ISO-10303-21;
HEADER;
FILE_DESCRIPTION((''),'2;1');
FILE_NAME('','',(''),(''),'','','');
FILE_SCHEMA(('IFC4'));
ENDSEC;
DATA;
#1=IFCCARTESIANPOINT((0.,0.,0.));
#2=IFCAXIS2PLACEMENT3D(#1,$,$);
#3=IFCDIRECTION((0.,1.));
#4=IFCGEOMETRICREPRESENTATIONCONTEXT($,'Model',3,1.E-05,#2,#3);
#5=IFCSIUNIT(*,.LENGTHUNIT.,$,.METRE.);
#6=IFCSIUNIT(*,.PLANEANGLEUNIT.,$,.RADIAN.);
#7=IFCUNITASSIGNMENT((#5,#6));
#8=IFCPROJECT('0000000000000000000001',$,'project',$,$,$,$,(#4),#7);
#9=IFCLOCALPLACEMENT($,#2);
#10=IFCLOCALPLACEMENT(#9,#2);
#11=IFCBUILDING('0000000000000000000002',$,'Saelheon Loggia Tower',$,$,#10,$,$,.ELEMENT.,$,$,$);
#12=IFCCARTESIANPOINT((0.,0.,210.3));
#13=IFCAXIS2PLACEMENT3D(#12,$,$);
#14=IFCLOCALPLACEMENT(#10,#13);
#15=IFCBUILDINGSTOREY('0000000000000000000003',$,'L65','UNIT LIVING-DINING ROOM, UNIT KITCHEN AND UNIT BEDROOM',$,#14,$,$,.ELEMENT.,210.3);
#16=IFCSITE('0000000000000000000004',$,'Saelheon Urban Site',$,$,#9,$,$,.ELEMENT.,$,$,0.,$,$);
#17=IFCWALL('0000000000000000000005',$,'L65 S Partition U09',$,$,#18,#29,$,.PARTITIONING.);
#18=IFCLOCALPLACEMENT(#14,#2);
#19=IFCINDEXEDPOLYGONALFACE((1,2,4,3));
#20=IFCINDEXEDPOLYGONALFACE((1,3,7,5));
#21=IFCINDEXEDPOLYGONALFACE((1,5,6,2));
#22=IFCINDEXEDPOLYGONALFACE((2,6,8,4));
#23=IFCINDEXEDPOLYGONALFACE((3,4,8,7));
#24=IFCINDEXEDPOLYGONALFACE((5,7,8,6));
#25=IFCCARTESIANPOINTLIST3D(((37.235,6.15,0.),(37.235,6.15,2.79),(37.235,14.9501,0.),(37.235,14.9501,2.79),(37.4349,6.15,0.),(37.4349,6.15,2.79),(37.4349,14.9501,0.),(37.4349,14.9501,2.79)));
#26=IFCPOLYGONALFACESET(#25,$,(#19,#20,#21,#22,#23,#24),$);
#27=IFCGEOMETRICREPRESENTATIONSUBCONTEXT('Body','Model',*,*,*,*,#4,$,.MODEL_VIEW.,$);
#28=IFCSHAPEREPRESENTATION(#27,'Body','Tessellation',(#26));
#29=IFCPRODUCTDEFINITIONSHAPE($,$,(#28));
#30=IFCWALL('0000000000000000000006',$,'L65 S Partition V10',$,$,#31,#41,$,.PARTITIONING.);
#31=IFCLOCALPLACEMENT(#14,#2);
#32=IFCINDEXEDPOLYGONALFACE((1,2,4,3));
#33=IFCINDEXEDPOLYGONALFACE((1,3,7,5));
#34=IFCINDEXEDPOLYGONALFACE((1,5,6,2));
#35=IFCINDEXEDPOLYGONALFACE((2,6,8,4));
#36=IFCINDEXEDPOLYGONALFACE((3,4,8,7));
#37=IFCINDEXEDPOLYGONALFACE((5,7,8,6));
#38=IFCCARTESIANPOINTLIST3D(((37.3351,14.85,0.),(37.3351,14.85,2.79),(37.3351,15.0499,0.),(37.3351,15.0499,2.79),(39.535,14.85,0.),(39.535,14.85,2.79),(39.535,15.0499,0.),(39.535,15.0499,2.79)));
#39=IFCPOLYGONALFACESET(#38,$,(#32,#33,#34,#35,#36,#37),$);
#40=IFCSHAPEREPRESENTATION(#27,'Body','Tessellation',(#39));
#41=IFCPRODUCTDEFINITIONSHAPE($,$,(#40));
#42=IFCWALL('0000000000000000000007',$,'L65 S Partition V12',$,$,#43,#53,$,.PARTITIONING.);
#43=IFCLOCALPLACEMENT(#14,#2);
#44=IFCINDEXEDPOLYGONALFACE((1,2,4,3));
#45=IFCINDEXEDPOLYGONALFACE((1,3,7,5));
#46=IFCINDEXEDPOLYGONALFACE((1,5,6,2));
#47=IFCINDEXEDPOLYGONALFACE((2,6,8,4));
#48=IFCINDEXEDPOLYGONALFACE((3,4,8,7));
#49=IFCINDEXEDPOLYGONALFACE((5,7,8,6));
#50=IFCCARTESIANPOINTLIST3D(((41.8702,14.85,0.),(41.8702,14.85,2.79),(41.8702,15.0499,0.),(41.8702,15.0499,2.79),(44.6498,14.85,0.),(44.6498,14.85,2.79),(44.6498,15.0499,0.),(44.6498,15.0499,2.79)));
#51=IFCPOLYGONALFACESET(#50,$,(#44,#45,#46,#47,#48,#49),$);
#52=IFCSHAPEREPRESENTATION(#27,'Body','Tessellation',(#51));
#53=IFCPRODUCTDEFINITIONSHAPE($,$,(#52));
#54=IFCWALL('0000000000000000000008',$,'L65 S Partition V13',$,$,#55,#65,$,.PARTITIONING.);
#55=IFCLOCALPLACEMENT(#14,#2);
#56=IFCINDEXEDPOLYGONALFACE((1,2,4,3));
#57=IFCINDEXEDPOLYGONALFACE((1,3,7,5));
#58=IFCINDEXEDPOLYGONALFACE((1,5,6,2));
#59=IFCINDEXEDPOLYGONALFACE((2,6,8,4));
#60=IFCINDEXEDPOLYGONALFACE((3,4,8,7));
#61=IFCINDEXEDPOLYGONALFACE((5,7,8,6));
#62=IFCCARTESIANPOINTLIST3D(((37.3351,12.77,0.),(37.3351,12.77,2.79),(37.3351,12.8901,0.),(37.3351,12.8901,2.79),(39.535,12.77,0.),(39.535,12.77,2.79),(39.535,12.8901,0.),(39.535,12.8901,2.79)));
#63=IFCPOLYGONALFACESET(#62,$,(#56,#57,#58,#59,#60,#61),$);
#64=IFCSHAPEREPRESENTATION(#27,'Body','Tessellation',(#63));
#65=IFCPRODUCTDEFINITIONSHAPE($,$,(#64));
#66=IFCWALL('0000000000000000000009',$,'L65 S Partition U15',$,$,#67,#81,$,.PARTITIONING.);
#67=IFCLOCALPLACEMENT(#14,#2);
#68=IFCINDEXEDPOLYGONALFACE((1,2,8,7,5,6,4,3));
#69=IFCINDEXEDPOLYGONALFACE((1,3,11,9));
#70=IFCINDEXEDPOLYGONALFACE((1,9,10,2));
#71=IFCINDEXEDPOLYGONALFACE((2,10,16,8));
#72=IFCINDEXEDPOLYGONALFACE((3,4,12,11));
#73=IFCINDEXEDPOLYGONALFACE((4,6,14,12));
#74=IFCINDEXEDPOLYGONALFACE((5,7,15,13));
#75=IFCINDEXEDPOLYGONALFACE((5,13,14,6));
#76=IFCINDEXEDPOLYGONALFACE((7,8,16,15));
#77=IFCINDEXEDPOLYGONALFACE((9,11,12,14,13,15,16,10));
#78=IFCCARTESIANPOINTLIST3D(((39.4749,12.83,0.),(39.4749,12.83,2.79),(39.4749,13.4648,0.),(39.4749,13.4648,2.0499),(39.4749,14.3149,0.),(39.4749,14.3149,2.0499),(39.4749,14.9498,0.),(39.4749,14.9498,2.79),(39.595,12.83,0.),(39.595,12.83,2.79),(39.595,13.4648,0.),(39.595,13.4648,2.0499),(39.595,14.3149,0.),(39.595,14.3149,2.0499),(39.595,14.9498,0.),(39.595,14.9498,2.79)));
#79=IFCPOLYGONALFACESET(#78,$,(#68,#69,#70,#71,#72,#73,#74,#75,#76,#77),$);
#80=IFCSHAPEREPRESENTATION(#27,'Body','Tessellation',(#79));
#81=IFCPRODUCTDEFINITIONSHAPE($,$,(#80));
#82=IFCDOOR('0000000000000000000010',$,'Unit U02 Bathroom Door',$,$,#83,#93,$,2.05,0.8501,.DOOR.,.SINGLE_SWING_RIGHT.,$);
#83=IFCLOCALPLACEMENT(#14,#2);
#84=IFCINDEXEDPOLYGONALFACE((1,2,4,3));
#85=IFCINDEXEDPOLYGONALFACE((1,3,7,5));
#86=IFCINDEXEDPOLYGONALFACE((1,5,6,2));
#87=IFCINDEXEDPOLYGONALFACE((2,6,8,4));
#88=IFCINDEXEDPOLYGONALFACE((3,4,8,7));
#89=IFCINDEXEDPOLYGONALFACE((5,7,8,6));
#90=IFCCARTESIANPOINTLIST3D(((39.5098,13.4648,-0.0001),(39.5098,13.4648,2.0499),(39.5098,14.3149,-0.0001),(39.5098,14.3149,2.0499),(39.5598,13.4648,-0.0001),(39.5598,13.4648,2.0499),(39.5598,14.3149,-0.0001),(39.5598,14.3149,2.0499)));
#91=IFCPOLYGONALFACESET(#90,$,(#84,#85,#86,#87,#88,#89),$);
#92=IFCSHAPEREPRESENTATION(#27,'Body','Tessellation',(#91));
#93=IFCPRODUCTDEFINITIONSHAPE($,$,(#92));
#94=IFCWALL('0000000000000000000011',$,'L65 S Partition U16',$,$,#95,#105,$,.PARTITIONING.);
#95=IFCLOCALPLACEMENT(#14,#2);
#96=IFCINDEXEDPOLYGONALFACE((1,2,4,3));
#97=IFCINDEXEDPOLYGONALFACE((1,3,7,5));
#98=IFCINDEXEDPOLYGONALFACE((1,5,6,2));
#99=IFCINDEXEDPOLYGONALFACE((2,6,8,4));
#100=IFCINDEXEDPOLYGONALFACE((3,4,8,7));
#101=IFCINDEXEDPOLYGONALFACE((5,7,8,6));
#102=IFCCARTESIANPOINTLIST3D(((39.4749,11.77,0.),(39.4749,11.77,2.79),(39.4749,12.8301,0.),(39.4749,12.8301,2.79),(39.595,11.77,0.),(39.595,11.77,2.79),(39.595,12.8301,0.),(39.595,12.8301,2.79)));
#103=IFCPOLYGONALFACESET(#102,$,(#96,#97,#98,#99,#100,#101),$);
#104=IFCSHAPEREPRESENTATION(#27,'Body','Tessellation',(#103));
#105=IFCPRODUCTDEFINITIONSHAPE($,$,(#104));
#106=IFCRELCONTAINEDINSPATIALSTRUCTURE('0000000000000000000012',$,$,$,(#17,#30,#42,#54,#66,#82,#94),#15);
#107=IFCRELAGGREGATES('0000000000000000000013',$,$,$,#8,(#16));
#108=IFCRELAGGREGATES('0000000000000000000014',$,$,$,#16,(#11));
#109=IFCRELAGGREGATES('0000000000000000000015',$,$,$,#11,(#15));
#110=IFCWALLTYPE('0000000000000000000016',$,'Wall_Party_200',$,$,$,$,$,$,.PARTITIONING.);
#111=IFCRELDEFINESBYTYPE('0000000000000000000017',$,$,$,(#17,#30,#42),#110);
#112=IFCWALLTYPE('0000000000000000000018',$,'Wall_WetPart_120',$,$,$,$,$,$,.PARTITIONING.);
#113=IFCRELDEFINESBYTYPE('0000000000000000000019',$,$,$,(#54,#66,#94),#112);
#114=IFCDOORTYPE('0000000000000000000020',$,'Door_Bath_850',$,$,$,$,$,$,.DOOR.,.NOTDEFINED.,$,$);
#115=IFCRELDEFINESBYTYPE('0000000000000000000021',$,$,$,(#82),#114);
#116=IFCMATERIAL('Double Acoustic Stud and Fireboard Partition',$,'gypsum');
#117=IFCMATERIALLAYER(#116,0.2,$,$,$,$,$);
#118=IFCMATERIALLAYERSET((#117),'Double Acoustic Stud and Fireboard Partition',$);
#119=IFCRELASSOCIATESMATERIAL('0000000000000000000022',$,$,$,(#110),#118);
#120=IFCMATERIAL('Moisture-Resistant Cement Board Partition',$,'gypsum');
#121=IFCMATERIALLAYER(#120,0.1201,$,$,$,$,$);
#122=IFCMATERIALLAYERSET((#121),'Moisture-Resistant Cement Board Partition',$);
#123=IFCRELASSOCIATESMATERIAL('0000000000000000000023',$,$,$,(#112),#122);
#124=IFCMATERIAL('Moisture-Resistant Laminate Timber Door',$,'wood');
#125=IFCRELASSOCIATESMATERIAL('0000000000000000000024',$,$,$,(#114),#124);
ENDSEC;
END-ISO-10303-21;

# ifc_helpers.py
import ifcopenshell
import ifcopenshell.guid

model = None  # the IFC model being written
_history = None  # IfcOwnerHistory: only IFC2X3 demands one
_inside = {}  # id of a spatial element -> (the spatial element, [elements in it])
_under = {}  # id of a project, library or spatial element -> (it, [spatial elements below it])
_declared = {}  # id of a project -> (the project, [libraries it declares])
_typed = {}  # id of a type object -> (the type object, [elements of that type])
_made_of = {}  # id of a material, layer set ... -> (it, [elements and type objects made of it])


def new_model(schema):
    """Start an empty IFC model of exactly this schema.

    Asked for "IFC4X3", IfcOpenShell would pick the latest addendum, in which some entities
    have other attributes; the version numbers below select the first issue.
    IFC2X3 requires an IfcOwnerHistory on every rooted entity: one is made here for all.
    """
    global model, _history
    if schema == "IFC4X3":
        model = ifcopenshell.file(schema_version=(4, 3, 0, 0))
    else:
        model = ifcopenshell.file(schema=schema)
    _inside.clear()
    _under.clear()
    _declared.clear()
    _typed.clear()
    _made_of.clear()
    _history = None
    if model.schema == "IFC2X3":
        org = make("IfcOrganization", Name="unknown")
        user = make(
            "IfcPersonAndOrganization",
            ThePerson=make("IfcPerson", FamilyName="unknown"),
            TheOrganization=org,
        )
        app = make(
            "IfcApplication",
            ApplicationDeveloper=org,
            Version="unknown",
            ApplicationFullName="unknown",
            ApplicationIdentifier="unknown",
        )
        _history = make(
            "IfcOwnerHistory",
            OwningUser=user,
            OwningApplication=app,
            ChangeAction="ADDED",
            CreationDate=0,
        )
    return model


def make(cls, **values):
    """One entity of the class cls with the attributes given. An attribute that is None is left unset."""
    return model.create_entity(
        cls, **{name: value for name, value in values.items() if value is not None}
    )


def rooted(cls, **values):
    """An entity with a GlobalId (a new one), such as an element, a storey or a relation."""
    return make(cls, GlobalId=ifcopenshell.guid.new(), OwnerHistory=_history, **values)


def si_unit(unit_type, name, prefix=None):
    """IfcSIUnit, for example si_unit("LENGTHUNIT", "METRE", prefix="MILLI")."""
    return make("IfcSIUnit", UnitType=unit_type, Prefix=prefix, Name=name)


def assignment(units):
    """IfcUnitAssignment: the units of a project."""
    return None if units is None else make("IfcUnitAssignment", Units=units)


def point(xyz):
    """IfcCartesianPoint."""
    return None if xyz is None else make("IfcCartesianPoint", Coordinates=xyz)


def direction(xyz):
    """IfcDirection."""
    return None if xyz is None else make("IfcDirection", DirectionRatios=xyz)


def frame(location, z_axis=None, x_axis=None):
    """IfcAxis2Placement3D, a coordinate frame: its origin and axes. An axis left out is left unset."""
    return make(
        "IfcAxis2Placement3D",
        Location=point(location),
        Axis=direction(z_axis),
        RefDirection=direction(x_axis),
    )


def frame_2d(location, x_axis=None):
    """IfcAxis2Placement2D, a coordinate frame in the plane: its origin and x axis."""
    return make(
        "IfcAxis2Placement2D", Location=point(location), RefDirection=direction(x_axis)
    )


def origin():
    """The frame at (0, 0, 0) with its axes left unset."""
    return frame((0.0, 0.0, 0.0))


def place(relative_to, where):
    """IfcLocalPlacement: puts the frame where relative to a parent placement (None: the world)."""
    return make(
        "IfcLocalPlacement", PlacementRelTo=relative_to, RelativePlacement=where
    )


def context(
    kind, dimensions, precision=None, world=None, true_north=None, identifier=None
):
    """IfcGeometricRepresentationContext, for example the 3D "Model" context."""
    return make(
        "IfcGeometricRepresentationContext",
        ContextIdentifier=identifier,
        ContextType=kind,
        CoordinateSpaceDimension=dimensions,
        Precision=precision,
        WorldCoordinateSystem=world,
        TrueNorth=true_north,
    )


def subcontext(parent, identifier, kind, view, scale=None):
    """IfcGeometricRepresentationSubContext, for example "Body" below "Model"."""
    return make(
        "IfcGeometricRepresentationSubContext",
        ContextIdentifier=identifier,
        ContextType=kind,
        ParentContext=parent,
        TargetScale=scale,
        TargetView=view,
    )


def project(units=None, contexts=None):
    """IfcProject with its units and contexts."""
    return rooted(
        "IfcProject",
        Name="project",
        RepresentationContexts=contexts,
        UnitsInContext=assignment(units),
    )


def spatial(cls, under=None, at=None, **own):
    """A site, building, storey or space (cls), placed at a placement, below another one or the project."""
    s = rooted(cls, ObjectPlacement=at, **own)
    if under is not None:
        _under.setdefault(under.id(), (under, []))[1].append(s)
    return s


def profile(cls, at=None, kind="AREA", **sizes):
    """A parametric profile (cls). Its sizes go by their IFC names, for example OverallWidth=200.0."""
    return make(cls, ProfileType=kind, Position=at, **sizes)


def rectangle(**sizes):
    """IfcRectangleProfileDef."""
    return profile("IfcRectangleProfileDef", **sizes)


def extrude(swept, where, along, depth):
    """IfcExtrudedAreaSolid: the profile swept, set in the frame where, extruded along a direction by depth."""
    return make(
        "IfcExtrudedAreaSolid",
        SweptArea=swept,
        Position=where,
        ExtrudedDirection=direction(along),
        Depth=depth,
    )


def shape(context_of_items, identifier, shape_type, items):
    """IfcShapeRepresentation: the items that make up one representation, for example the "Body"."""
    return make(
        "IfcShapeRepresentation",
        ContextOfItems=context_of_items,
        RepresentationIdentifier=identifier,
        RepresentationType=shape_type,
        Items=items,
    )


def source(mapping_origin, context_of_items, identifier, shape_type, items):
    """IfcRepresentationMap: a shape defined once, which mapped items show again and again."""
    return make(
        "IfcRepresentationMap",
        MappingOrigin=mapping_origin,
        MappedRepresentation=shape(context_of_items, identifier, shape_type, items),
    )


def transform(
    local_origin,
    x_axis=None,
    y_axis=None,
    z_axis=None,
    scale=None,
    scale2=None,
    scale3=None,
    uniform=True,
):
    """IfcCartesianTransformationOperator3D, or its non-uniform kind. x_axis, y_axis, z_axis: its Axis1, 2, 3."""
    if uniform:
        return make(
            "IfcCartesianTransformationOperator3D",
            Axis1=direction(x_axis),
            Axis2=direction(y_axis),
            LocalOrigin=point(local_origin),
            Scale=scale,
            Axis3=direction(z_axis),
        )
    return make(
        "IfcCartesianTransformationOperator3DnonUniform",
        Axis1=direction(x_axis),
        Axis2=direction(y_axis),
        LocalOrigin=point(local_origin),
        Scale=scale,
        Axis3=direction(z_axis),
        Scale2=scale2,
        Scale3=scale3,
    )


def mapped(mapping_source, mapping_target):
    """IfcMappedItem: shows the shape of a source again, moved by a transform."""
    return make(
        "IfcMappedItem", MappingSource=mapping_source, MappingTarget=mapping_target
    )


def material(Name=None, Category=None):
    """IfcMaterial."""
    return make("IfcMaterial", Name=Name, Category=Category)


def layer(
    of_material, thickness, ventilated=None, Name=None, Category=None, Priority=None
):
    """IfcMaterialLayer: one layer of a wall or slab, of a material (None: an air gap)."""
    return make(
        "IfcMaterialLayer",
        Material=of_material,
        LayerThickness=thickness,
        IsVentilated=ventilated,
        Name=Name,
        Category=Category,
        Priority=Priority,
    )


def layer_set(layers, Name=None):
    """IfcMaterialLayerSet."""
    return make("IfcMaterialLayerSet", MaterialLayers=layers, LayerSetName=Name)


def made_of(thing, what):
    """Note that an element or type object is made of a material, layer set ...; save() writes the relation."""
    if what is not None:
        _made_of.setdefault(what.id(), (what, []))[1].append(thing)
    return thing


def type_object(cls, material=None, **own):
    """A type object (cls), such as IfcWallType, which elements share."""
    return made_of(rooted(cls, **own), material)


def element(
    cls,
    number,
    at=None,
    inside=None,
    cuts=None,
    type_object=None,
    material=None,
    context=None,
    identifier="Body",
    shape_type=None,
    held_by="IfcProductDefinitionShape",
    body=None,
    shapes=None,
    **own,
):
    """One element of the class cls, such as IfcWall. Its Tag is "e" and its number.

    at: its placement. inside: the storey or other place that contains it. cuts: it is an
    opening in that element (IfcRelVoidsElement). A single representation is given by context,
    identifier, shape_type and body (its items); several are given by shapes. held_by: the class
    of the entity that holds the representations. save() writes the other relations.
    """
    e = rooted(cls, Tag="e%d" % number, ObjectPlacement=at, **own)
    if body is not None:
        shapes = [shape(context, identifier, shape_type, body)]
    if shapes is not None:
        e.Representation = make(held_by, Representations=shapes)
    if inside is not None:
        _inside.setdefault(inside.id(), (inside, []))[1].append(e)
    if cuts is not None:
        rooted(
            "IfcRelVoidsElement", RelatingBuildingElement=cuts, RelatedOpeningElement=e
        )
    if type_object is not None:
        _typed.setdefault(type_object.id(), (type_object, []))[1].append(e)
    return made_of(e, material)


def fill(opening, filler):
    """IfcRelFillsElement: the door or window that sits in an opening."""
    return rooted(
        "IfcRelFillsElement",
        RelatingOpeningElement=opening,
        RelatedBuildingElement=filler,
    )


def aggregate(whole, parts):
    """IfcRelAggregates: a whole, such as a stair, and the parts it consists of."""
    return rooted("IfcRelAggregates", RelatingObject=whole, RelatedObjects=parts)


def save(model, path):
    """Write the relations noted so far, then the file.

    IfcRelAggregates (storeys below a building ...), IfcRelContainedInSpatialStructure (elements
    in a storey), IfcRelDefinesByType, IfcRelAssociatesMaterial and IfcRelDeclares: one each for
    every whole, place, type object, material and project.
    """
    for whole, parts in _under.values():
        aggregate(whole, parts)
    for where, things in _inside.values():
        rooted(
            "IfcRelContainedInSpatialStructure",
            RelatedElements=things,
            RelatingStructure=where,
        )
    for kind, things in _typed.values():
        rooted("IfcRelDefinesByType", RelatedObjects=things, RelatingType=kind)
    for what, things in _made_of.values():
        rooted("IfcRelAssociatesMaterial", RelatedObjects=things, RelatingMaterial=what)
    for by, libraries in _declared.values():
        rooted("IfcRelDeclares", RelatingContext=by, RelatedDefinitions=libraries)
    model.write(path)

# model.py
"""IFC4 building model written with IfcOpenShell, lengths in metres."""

from ifc_helpers import new_model, si_unit, direction, frame, frame_2d, origin, place, context, subcontext, project, spatial, rectangle, extrude, source, transform, mapped, material, layer, layer_set, type_object, element, fill, save


model = new_model("IFC4")

# Units and contexts
model_context = context("Model", 3, precision=1e-05, world=origin(), true_north=direction((0.0, 1.0)))
body_context = subcontext(model_context, "Body", "Model", "MODEL_VIEW")
ifc_project = project(units=[si_unit("LENGTHUNIT", "METRE"), si_unit("PLANEANGLEUNIT", "RADIAN")], contexts=[model_context])

# Site, building, storey
site_placement = place(None, origin())
site = spatial("IfcSite", under=ifc_project, at=site_placement, Name="Saelheon Urban Site", CompositionType="ELEMENT", RefElevation=0.0)
building_placement = place(site_placement, origin())
building = spatial("IfcBuilding", under=site, at=building_placement, Name="Saelheon Loggia Tower", CompositionType="ELEMENT")
storey_placement = place(building_placement, frame((0.0, 0.0, 210.3)))
storey = spatial("IfcBuildingStorey", under=building, at=storey_placement, Name="L65", Description="UNIT LIVING-DINING ROOM, UNIT KITCHEN AND UNIT BEDROOM", CompositionType="ELEMENT", Elevation=210.3)

# Walls
ifc_material_1 = material(Name="Double Acoustic Stud and Fireboard Partition", Category="gypsum")
ifc_layer_1 = layer(ifc_material_1, 0.2)
ifc_layer_set_1 = layer_set([ifc_layer_1], Name="Double Acoustic Stud and Fireboard Partition")
wall_type_1 = type_object("IfcWallType", Name="Wall_Party_200", PredefinedType="PARTITIONING", material=ifc_layer_set_1)
wall_1_placement = place(storey_placement, frame((37.335, 14.95, 0.0), z_axis=(0.0, 0.0, 1.0), x_axis=(0.0, -1.0, 0.0)))
element("IfcWall", 1, at=wall_1_placement, inside=storey, type_object=wall_type_1, Name="L65 S Partition U09", PredefinedType="PARTITIONING", context=body_context, shape_type="SweptSolid", body=[
    extrude(rectangle(XDim=8.8, YDim=0.2, at=frame_2d((4.3999, 0.0))), origin(), (0.0, 0.0, 1.0), 2.79),
])
wall_2_placement = place(storey_placement, frame((37.335, 14.95, 0.0), z_axis=(0.0, 0.0, 1.0), x_axis=(1.0, 0.0, 0.0)))
element("IfcWall", 2, at=wall_2_placement, inside=storey, type_object=wall_type_1, Name="L65 S Partition V10", PredefinedType="PARTITIONING", context=body_context, shape_type="SweptSolid", body=[
    extrude(rectangle(XDim=2.2, YDim=0.2, at=frame_2d((1.1001, 0.0))), origin(), (0.0, 0.0, 1.0), 2.79),
])

# Walls
wall_3_placement = place(storey_placement, frame((41.8704, 14.95, 0.0), z_axis=(0.0, 0.0, 1.0), x_axis=(1.0, 0.0, 0.0)))
element("IfcWall", 3, at=wall_3_placement, inside=storey, type_object=wall_type_1, Name="L65 S Partition V12", PredefinedType="PARTITIONING", context=body_context, shape_type="SweptSolid", body=[
    extrude(rectangle(XDim=2.7795, YDim=0.2, at=frame_2d((1.3896, 0.0))), origin(), (0.0, 0.0, 1.0), 2.79),
])
ifc_material_2 = material(Name="Moisture-Resistant Cement Board Partition", Category="gypsum")
ifc_layer_2 = layer(ifc_material_2, 0.1201)
ifc_layer_set_2 = layer_set([ifc_layer_2], Name="Moisture-Resistant Cement Board Partition")
wall_type_2 = type_object("IfcWallType", Name="Wall_WetPart_120", PredefinedType="PARTITIONING", material=ifc_layer_set_2)
wall_4_placement = place(storey_placement, frame((37.335, 12.8301, 0.0), z_axis=(0.0, 0.0, 1.0), x_axis=(1.0, 0.0, 0.0)))
element("IfcWall", 4, at=wall_4_placement, inside=storey, type_object=wall_type_2, Name="L65 S Partition V13", PredefinedType="PARTITIONING", context=body_context, shape_type="SweptSolid", body=[
    extrude(rectangle(XDim=2.2, YDim=0.1201, at=frame_2d((1.1001, 0.0))), origin(), (0.0, 0.0, 1.0), 2.79),
])

# Wall, opening, door
wall_5_placement = place(storey_placement, frame((39.5349, 14.95, 0.0), z_axis=(0.0, 0.0, 1.0), x_axis=(0.0, -1.0, 0.0)))
wall_5 = element("IfcWall", 5, at=wall_5_placement, inside=storey, type_object=wall_type_2, Name="L65 S Partition U15", PredefinedType="PARTITIONING", context=body_context, shape_type="SweptSolid", body=[
    extrude(rectangle(XDim=2.1199, YDim=0.1201, at=frame_2d((1.0601, 0.0))), origin(), (0.0, 0.0, 1.0), 2.79),
])
opening_1_placement = place(wall_5_placement, frame((0.635, 0.0, 0.0)))
opening_1 = element("IfcOpeningElement", 6, at=opening_1_placement, cuts=wall_5, PredefinedType="OPENING", context=body_context, shape_type="SweptSolid", body=[
    extrude(rectangle(XDim=0.8501, YDim=2.05, at=frame_2d((0.425, 1.0249))), frame((0.0, 0.072, 0.0), z_axis=(0.0, -1.0, 0.0), x_axis=(1.0, 0.0, 0.0)), (0.0, 0.0, 1.0), 0.144),
])
ifc_material_3 = material(Name="Moisture-Resistant Laminate Timber Door", Category="wood")
door_type_1 = type_object("IfcDoorType", Name="Door_Bath_850", OperationType="NOTDEFINED", PredefinedType="DOOR", material=ifc_material_3)
shared_shape_1 = source(origin(), body_context, "Body", "SweptSolid", [
    extrude(rectangle(XDim=0.8501, YDim=2.05, at=frame_2d((0.425, 1.0249))), frame((0.0, 0.0249, 0.0), z_axis=(0.0, -1.0, 0.0), x_axis=(1.0, 0.0, 0.0)), (0.0, 0.0, 1.0), 0.05),
])
door_1_placement = place(opening_1_placement, origin())
door_1 = element("IfcDoor", 7, at=door_1_placement, inside=storey, type_object=door_type_1, Name="Unit U02 Bathroom Door", OperationType="SINGLE_SWING_RIGHT", OverallHeight=2.05, OverallWidth=0.8501, PredefinedType="DOOR", context=body_context, shape_type="MappedRepresentation", body=[
    mapped(shared_shape_1, transform((0.0, 0.0, 0.0), scale=1.0)),
])
fill(opening_1, door_1)

# Wall
wall_6_placement = place(storey_placement, frame((39.5349, 12.8301, 0.0), z_axis=(0.0, 0.0, 1.0), x_axis=(0.0, -1.0, 0.0)))
element("IfcWall", 8, at=wall_6_placement, inside=storey, type_object=wall_type_2, Name="L65 S Partition U16", PredefinedType="PARTITIONING", context=body_context, shape_type="SweptSolid", body=[
    extrude(rectangle(XDim=1.0601, YDim=0.1201, at=frame_2d((0.53, 0.0))), origin(), (0.0, 0.0, 1.0), 2.79),
])

save(model, "model.ifc")
